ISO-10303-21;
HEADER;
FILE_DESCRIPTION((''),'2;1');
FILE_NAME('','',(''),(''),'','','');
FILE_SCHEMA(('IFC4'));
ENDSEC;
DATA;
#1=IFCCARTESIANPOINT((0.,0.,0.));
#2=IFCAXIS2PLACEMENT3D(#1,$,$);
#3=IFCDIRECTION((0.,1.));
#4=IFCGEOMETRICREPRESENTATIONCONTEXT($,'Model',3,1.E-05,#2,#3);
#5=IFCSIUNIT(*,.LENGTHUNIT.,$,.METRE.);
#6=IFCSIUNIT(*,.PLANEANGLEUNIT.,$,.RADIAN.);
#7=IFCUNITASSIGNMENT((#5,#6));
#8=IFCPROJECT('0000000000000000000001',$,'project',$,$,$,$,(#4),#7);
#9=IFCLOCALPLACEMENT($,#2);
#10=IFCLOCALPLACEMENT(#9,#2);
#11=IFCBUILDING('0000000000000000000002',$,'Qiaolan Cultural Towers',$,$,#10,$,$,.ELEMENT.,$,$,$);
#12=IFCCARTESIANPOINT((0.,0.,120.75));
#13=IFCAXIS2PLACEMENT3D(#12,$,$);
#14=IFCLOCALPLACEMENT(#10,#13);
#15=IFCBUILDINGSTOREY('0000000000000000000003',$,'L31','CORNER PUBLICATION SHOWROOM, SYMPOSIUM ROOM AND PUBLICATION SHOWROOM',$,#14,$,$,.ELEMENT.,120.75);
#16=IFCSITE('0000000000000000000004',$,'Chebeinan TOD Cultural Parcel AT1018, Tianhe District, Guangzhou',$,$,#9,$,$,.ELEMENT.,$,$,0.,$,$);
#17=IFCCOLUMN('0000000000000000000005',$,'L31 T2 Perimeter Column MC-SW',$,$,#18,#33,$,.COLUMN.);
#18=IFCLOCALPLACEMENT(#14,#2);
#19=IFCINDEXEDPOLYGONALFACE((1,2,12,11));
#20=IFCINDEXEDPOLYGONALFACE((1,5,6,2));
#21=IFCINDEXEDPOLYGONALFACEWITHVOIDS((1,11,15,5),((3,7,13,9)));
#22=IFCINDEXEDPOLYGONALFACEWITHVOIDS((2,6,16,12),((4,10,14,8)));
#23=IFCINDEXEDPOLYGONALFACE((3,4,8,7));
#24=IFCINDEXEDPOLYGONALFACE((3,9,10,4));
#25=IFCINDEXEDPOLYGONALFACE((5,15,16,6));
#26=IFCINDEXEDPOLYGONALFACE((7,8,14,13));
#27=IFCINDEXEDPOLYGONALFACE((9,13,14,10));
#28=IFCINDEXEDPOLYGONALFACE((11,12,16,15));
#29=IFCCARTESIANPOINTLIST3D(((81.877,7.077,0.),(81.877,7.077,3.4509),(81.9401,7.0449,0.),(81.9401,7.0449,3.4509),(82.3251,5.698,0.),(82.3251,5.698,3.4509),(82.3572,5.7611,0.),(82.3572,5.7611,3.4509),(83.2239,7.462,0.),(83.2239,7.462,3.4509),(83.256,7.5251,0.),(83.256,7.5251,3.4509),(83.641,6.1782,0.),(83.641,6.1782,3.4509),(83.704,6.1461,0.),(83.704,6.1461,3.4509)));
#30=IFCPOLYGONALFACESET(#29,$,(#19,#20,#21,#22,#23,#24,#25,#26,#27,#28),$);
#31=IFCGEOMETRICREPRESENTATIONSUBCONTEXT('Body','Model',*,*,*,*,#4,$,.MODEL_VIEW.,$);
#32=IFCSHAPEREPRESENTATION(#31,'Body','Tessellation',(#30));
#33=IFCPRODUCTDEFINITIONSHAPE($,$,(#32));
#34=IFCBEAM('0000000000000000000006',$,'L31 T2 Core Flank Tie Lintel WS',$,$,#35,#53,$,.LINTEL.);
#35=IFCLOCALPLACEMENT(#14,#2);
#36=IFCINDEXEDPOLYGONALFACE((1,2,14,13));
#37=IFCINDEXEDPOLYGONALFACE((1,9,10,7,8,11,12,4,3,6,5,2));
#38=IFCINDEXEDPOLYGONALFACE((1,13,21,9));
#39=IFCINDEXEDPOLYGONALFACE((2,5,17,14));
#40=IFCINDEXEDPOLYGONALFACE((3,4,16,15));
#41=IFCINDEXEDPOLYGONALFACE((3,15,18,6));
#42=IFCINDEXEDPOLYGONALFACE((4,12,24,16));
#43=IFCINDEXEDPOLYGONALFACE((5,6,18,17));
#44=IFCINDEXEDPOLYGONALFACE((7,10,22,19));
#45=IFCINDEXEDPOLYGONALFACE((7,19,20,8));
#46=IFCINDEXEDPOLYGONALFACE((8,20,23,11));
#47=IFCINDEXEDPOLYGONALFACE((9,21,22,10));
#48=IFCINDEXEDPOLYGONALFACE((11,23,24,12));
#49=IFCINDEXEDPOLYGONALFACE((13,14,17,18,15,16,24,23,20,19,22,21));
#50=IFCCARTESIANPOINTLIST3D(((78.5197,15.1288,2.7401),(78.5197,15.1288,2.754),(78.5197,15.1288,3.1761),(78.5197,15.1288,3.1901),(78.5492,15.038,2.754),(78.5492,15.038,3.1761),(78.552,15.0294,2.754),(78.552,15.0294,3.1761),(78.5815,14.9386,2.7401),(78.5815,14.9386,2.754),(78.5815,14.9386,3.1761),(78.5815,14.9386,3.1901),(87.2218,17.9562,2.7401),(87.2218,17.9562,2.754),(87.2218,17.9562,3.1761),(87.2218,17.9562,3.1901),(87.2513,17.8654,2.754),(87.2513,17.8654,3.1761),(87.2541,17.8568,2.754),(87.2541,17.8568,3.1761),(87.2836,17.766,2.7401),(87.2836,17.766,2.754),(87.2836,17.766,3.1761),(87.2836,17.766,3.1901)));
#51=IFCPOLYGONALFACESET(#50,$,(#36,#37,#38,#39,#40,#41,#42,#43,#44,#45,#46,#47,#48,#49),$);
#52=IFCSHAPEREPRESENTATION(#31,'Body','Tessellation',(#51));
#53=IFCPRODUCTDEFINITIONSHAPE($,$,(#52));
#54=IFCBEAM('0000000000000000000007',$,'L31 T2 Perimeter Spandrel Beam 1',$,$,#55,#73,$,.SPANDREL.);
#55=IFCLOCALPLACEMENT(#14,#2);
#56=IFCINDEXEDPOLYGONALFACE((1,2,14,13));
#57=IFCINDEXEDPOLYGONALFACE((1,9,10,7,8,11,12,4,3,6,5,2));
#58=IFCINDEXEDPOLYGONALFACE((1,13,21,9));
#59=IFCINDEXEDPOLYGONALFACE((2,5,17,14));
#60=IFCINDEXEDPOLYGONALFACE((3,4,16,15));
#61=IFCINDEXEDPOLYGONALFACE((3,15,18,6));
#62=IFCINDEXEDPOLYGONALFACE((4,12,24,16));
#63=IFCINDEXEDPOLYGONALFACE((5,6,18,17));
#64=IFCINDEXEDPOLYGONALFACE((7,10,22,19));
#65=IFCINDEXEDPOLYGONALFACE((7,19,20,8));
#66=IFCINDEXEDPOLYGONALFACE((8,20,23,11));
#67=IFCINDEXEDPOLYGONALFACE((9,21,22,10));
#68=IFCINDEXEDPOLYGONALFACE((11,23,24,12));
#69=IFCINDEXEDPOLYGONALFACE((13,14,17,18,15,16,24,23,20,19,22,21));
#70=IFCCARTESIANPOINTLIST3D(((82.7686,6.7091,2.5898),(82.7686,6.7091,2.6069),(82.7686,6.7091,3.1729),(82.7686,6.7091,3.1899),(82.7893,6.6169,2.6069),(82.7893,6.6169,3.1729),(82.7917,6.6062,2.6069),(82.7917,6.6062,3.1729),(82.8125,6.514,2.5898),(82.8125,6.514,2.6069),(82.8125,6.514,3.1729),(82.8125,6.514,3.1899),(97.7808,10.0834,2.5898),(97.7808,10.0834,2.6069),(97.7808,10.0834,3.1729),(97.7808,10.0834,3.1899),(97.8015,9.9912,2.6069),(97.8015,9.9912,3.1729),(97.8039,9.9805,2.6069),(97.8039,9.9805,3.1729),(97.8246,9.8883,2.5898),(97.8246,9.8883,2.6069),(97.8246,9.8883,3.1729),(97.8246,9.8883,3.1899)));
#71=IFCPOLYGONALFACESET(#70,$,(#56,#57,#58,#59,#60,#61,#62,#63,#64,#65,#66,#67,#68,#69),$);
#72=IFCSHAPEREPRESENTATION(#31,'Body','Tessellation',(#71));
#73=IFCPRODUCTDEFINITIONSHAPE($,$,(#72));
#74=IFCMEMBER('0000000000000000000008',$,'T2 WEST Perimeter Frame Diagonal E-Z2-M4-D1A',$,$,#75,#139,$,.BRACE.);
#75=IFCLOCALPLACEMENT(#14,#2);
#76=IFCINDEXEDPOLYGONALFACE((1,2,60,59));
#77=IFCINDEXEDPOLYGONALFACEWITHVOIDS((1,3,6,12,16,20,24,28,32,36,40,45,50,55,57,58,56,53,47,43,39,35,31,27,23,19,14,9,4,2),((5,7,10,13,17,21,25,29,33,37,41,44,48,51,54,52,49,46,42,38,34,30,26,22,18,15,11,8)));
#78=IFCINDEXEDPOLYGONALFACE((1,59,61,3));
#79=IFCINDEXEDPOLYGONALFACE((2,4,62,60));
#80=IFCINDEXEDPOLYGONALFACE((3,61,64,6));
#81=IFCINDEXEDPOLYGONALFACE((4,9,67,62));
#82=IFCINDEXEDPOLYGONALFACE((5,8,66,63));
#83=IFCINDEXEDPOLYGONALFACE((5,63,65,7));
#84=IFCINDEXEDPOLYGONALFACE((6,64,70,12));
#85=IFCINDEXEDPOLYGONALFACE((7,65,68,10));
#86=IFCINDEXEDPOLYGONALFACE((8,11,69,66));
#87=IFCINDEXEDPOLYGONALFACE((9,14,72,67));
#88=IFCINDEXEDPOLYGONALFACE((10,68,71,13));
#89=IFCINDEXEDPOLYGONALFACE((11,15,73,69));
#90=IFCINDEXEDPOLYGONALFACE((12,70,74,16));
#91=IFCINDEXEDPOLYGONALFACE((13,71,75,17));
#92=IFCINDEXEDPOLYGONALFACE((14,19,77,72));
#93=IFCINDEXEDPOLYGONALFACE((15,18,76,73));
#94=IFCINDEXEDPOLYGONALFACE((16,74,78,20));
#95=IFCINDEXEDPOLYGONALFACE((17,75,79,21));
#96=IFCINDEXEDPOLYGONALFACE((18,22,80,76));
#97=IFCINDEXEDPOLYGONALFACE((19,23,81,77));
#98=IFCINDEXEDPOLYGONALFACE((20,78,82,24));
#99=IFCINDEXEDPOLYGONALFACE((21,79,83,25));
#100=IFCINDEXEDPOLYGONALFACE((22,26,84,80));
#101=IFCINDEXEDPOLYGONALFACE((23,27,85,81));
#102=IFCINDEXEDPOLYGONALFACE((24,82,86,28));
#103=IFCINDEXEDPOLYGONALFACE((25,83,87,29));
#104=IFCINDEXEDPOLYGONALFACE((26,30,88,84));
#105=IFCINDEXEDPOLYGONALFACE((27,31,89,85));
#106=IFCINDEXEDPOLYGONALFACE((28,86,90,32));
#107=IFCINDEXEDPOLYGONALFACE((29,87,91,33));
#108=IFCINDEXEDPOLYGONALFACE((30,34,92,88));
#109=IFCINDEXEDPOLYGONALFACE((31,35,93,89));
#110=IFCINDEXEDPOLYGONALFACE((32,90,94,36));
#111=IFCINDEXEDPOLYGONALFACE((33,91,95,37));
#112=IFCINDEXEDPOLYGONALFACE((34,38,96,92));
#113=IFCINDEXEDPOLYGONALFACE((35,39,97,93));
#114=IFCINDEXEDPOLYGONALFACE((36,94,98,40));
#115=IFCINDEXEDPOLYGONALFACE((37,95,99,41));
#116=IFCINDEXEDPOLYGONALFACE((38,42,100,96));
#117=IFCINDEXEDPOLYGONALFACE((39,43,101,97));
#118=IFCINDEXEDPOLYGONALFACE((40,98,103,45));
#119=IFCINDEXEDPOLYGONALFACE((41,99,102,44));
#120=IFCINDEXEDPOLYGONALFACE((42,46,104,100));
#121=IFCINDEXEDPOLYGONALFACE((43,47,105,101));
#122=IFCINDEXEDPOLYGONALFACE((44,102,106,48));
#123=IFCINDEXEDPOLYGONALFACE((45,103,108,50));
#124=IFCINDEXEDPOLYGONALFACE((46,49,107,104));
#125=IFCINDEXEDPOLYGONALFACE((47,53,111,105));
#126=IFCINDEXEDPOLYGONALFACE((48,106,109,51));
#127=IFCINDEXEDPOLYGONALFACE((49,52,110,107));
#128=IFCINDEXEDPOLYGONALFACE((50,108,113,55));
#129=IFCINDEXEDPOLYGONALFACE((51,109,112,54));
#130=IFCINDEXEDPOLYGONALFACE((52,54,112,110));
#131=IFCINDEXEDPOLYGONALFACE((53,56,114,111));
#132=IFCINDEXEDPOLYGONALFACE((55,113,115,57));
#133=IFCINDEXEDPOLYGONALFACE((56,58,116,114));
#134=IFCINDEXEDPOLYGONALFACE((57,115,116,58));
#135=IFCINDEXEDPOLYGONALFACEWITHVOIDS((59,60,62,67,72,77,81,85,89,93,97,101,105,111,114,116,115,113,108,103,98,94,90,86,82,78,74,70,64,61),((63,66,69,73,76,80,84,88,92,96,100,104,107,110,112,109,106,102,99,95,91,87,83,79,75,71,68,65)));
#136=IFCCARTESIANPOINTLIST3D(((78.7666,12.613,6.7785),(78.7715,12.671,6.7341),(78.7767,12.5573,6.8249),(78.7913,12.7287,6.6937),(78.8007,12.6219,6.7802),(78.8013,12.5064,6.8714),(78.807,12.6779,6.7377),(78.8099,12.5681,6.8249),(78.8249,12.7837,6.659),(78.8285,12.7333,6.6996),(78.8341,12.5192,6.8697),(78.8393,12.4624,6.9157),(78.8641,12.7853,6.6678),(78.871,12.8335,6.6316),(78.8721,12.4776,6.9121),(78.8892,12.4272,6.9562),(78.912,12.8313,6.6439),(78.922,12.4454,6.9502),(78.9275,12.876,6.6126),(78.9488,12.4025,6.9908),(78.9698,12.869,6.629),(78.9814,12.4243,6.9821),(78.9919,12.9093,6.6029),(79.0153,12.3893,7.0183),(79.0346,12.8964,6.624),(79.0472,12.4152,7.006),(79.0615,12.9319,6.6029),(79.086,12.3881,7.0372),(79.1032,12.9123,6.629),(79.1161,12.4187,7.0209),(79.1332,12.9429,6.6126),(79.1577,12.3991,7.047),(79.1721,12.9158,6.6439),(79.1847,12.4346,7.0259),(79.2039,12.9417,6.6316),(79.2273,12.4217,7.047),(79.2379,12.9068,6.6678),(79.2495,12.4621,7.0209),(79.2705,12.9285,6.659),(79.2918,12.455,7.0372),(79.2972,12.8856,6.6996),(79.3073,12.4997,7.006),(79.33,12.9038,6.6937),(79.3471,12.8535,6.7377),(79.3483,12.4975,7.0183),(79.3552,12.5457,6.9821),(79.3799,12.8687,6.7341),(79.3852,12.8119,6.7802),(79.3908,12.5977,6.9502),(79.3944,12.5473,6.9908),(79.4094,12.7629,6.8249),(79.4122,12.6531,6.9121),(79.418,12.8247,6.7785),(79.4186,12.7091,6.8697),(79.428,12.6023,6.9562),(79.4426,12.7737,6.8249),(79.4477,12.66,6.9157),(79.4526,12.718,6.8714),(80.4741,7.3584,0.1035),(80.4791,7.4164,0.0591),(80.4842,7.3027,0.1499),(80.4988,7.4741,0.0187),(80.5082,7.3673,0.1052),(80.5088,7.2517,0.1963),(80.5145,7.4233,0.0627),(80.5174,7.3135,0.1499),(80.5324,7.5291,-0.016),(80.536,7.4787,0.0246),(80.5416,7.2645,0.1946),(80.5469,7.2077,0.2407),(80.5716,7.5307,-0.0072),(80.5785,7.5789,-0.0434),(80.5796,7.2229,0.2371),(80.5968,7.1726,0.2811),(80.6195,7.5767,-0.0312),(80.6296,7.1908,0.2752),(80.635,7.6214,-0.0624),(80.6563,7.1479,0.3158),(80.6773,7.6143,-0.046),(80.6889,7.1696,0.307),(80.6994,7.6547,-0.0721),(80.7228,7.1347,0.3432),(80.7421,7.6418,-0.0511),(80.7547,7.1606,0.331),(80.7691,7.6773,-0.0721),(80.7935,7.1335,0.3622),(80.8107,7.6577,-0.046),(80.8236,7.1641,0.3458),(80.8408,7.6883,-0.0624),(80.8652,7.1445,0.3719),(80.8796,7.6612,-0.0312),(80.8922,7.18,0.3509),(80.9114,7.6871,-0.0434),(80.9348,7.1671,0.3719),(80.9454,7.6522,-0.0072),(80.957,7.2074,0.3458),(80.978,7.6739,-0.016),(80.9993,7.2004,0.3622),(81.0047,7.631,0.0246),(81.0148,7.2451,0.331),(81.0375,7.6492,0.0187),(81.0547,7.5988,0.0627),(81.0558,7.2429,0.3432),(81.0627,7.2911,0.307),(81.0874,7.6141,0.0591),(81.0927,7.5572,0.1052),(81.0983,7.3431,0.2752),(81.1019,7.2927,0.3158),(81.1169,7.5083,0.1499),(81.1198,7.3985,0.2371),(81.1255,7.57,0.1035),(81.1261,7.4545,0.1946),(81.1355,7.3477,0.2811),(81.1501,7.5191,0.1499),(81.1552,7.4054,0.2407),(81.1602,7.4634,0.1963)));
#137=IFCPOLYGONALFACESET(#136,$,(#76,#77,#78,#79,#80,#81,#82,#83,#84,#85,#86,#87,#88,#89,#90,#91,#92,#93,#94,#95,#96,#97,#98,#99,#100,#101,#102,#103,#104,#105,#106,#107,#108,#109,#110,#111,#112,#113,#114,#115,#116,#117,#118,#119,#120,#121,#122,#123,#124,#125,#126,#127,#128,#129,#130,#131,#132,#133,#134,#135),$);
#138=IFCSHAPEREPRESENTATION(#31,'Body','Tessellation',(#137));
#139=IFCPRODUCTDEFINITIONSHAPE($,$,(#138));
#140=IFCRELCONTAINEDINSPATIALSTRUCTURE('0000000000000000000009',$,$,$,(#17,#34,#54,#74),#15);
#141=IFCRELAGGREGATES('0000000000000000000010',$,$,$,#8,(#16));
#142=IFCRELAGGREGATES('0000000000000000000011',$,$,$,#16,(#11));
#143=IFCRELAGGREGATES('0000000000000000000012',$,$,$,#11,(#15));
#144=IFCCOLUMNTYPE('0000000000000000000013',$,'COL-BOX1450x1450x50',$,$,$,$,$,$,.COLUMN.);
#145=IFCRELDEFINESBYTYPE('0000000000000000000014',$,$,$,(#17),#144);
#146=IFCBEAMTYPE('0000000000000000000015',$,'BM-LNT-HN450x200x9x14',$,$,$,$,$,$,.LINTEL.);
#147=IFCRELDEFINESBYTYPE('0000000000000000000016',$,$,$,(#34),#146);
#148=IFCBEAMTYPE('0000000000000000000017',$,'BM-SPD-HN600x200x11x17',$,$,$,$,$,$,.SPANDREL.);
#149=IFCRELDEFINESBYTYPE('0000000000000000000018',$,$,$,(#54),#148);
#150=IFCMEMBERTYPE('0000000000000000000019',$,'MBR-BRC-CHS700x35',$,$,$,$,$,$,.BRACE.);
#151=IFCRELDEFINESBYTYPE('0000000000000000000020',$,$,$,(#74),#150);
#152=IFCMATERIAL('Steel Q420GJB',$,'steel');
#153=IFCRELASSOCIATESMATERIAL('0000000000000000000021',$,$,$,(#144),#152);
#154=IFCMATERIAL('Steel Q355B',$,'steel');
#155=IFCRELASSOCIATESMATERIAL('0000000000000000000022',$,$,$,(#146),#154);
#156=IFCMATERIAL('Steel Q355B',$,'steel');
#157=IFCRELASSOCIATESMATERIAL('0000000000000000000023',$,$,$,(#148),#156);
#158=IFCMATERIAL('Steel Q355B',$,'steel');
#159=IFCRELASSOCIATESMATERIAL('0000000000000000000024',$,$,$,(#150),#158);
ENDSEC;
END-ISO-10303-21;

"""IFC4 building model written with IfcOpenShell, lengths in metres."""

from ifc_helpers import new_model, si_unit, direction, frame, origin, origin_2d, place, context, subcontext, project, spatial, hollow_rectangle, hollow_circle, i_section, extrude, material, material_profile, profile_set, type_object, element, save


model = new_model("IFC4")

# Units and contexts
model_context = context("Model", 3, precision=1e-05, world=origin(), true_north=direction((0.0, 1.0)))
body_context = subcontext(model_context, "Body", "Model", "MODEL_VIEW")
ifc_project = project(units=[si_unit("LENGTHUNIT", "METRE"), si_unit("PLANEANGLEUNIT", "RADIAN")], contexts=[model_context])

# Site, building, storey
site_placement = place(None, origin())
site = spatial("IfcSite", under=ifc_project, at=site_placement, Name="Chebeinan TOD Cultural Parcel AT1018, Tianhe District, Guangzhou", CompositionType="ELEMENT", RefElevation=0.0)
building_placement = place(site_placement, origin())
building = spatial("IfcBuilding", under=site, at=building_placement, Name="Qiaolan Cultural Towers", CompositionType="ELEMENT")
storey_placement = place(building_placement, frame((0.0, 0.0, 120.75)))
storey = spatial("IfcBuildingStorey", under=building, at=storey_placement, Name="L31", Description="CORNER PUBLICATION SHOWROOM, SYMPOSIUM ROOM AND PUBLICATION SHOWROOM", CompositionType="ELEMENT", Elevation=120.75)

# Column
ifc_material_1 = material(Name="Steel Q420GJB", Category="steel")
ifc_material_profile_1 = material_profile(ifc_material_1, hollow_rectangle(XDim=1.45, YDim=1.45, WallThickness=0.05, at=origin_2d()), Name="BOX1450x1450x50")
ifc_profile_set_1 = profile_set([ifc_material_profile_1], Name="Steel Q420GJB")
column_type = type_object("IfcColumnType", Name="COL-BOX1450x1450x50", PredefinedType="COLUMN", material=ifc_profile_set_1)
column_placement = place(storey_placement, frame((82.7905, 6.6116, 0.0), z_axis=(0.0, 0.0, 1.0), x_axis=(0.951057, 0.309017, 0.0)))
element("IfcColumn", 1, at=column_placement, inside=storey, type_object=column_type, Name="L31 T2 Perimeter Column MC-SW", PredefinedType="COLUMN", context=body_context, shape_type="SweptSolid", body=[
    extrude(hollow_rectangle(XDim=1.45, YDim=1.45, WallThickness=0.05, at=origin_2d()), origin(), (0.0, 0.0, 1.0), 3.4509),
])

# Beams
ifc_material_2 = material(Name="Steel Q355B", Category="steel")
ifc_material_profile_2 = material_profile(ifc_material_2, i_section(OverallWidth=0.2, OverallDepth=0.45, WebThickness=0.009, FlangeThickness=0.0139, at=origin_2d()), Name="HN450x200x9x14")
ifc_profile_set_2 = profile_set([ifc_material_profile_2], Name="Steel Q355B")
beam_type_1 = type_object("IfcBeamType", Name="BM-LNT-HN450x200x9x14", PredefinedType="LINTEL", material=ifc_profile_set_2)
beam_1_placement = place(storey_placement, frame((87.2527, 17.8611, 2.9651), z_axis=(-0.95106, -0.309006, 0.0), x_axis=(0.309006, -0.95106, 0.0)))
element("IfcBeam", 2, at=beam_1_placement, inside=storey, type_object=beam_type_1, Name="L31 T2 Core Flank Tie Lintel WS", PredefinedType="LINTEL", context=body_context, shape_type="SweptSolid", body=[
    extrude(i_section(OverallWidth=0.2, OverallDepth=0.45, WebThickness=0.009, FlangeThickness=0.0139, at=origin_2d()), origin(), (0.0, 0.0, 1.0), 9.1499),
])
ifc_material_3 = material(Name="Steel Q355B", Category="steel")
ifc_material_profile_3 = material_profile(ifc_material_3, i_section(OverallWidth=0.2, OverallDepth=0.6001, WebThickness=0.011, FlangeThickness=0.0171, at=origin_2d()), Name="HN600x200x11x17")
ifc_profile_set_3 = profile_set([ifc_material_profile_3], Name="Steel Q355B")
beam_type_2 = type_object("IfcBeamType", Name="BM-SPD-HN600x200x11x17", PredefinedType="SPANDREL", material=ifc_profile_set_3)
beam_2_placement = place(storey_placement, frame((82.7905, 6.6116, 2.8899), z_axis=(0.975658, 0.219297, 0.0), x_axis=(-0.219297, 0.975658, 0.0)))
element("IfcBeam", 3, at=beam_2_placement, inside=storey, type_object=beam_type_2, Name="L31 T2 Perimeter Spandrel Beam 1", PredefinedType="SPANDREL", context=body_context, shape_type="SweptSolid", body=[
    extrude(i_section(OverallWidth=0.2, OverallDepth=0.6001, WebThickness=0.011, FlangeThickness=0.0171, at=origin_2d()), origin(), (0.0, 0.0, 1.0), 15.3867),
])

# Member
ifc_material_4 = material(Name="Steel Q355B", Category="steel")
ifc_material_profile_4 = material_profile(ifc_material_4, hollow_circle(Radius=0.3501, WallThickness=0.0349, at=origin_2d()), Name="CHS700x35")
ifc_profile_set_4 = profile_set([ifc_material_profile_4], Name="Steel Q355B")
member_type = type_object("IfcMemberType", Name="MBR-BRC-CHS700x35", PredefinedType="BRACE", material=ifc_profile_set_4)
for number, where, z_axis, x_axis, name in (
    (4, (80.8171, 7.4109, 0.1499), (-0.197058, 0.606417, 0.770341), (-0.951047, -0.309047, 0.0), "T2 WEST Perimeter Frame Diagonal E-Z2-M4-D1A"),
):
    element("IfcMember", number, at=place(storey_placement, frame(where, z_axis=z_axis, x_axis=x_axis)), inside=storey, type_object=member_type, Name=name, PredefinedType="BRACE", context=body_context, shape_type="SweptSolid", body=[
        extrude(hollow_circle(Radius=0.3501, WallThickness=0.0349, at=origin_2d()), origin(), (0.0, 0.0, 1.0), 8.665),
    ])

save(model, "model.ifc")
